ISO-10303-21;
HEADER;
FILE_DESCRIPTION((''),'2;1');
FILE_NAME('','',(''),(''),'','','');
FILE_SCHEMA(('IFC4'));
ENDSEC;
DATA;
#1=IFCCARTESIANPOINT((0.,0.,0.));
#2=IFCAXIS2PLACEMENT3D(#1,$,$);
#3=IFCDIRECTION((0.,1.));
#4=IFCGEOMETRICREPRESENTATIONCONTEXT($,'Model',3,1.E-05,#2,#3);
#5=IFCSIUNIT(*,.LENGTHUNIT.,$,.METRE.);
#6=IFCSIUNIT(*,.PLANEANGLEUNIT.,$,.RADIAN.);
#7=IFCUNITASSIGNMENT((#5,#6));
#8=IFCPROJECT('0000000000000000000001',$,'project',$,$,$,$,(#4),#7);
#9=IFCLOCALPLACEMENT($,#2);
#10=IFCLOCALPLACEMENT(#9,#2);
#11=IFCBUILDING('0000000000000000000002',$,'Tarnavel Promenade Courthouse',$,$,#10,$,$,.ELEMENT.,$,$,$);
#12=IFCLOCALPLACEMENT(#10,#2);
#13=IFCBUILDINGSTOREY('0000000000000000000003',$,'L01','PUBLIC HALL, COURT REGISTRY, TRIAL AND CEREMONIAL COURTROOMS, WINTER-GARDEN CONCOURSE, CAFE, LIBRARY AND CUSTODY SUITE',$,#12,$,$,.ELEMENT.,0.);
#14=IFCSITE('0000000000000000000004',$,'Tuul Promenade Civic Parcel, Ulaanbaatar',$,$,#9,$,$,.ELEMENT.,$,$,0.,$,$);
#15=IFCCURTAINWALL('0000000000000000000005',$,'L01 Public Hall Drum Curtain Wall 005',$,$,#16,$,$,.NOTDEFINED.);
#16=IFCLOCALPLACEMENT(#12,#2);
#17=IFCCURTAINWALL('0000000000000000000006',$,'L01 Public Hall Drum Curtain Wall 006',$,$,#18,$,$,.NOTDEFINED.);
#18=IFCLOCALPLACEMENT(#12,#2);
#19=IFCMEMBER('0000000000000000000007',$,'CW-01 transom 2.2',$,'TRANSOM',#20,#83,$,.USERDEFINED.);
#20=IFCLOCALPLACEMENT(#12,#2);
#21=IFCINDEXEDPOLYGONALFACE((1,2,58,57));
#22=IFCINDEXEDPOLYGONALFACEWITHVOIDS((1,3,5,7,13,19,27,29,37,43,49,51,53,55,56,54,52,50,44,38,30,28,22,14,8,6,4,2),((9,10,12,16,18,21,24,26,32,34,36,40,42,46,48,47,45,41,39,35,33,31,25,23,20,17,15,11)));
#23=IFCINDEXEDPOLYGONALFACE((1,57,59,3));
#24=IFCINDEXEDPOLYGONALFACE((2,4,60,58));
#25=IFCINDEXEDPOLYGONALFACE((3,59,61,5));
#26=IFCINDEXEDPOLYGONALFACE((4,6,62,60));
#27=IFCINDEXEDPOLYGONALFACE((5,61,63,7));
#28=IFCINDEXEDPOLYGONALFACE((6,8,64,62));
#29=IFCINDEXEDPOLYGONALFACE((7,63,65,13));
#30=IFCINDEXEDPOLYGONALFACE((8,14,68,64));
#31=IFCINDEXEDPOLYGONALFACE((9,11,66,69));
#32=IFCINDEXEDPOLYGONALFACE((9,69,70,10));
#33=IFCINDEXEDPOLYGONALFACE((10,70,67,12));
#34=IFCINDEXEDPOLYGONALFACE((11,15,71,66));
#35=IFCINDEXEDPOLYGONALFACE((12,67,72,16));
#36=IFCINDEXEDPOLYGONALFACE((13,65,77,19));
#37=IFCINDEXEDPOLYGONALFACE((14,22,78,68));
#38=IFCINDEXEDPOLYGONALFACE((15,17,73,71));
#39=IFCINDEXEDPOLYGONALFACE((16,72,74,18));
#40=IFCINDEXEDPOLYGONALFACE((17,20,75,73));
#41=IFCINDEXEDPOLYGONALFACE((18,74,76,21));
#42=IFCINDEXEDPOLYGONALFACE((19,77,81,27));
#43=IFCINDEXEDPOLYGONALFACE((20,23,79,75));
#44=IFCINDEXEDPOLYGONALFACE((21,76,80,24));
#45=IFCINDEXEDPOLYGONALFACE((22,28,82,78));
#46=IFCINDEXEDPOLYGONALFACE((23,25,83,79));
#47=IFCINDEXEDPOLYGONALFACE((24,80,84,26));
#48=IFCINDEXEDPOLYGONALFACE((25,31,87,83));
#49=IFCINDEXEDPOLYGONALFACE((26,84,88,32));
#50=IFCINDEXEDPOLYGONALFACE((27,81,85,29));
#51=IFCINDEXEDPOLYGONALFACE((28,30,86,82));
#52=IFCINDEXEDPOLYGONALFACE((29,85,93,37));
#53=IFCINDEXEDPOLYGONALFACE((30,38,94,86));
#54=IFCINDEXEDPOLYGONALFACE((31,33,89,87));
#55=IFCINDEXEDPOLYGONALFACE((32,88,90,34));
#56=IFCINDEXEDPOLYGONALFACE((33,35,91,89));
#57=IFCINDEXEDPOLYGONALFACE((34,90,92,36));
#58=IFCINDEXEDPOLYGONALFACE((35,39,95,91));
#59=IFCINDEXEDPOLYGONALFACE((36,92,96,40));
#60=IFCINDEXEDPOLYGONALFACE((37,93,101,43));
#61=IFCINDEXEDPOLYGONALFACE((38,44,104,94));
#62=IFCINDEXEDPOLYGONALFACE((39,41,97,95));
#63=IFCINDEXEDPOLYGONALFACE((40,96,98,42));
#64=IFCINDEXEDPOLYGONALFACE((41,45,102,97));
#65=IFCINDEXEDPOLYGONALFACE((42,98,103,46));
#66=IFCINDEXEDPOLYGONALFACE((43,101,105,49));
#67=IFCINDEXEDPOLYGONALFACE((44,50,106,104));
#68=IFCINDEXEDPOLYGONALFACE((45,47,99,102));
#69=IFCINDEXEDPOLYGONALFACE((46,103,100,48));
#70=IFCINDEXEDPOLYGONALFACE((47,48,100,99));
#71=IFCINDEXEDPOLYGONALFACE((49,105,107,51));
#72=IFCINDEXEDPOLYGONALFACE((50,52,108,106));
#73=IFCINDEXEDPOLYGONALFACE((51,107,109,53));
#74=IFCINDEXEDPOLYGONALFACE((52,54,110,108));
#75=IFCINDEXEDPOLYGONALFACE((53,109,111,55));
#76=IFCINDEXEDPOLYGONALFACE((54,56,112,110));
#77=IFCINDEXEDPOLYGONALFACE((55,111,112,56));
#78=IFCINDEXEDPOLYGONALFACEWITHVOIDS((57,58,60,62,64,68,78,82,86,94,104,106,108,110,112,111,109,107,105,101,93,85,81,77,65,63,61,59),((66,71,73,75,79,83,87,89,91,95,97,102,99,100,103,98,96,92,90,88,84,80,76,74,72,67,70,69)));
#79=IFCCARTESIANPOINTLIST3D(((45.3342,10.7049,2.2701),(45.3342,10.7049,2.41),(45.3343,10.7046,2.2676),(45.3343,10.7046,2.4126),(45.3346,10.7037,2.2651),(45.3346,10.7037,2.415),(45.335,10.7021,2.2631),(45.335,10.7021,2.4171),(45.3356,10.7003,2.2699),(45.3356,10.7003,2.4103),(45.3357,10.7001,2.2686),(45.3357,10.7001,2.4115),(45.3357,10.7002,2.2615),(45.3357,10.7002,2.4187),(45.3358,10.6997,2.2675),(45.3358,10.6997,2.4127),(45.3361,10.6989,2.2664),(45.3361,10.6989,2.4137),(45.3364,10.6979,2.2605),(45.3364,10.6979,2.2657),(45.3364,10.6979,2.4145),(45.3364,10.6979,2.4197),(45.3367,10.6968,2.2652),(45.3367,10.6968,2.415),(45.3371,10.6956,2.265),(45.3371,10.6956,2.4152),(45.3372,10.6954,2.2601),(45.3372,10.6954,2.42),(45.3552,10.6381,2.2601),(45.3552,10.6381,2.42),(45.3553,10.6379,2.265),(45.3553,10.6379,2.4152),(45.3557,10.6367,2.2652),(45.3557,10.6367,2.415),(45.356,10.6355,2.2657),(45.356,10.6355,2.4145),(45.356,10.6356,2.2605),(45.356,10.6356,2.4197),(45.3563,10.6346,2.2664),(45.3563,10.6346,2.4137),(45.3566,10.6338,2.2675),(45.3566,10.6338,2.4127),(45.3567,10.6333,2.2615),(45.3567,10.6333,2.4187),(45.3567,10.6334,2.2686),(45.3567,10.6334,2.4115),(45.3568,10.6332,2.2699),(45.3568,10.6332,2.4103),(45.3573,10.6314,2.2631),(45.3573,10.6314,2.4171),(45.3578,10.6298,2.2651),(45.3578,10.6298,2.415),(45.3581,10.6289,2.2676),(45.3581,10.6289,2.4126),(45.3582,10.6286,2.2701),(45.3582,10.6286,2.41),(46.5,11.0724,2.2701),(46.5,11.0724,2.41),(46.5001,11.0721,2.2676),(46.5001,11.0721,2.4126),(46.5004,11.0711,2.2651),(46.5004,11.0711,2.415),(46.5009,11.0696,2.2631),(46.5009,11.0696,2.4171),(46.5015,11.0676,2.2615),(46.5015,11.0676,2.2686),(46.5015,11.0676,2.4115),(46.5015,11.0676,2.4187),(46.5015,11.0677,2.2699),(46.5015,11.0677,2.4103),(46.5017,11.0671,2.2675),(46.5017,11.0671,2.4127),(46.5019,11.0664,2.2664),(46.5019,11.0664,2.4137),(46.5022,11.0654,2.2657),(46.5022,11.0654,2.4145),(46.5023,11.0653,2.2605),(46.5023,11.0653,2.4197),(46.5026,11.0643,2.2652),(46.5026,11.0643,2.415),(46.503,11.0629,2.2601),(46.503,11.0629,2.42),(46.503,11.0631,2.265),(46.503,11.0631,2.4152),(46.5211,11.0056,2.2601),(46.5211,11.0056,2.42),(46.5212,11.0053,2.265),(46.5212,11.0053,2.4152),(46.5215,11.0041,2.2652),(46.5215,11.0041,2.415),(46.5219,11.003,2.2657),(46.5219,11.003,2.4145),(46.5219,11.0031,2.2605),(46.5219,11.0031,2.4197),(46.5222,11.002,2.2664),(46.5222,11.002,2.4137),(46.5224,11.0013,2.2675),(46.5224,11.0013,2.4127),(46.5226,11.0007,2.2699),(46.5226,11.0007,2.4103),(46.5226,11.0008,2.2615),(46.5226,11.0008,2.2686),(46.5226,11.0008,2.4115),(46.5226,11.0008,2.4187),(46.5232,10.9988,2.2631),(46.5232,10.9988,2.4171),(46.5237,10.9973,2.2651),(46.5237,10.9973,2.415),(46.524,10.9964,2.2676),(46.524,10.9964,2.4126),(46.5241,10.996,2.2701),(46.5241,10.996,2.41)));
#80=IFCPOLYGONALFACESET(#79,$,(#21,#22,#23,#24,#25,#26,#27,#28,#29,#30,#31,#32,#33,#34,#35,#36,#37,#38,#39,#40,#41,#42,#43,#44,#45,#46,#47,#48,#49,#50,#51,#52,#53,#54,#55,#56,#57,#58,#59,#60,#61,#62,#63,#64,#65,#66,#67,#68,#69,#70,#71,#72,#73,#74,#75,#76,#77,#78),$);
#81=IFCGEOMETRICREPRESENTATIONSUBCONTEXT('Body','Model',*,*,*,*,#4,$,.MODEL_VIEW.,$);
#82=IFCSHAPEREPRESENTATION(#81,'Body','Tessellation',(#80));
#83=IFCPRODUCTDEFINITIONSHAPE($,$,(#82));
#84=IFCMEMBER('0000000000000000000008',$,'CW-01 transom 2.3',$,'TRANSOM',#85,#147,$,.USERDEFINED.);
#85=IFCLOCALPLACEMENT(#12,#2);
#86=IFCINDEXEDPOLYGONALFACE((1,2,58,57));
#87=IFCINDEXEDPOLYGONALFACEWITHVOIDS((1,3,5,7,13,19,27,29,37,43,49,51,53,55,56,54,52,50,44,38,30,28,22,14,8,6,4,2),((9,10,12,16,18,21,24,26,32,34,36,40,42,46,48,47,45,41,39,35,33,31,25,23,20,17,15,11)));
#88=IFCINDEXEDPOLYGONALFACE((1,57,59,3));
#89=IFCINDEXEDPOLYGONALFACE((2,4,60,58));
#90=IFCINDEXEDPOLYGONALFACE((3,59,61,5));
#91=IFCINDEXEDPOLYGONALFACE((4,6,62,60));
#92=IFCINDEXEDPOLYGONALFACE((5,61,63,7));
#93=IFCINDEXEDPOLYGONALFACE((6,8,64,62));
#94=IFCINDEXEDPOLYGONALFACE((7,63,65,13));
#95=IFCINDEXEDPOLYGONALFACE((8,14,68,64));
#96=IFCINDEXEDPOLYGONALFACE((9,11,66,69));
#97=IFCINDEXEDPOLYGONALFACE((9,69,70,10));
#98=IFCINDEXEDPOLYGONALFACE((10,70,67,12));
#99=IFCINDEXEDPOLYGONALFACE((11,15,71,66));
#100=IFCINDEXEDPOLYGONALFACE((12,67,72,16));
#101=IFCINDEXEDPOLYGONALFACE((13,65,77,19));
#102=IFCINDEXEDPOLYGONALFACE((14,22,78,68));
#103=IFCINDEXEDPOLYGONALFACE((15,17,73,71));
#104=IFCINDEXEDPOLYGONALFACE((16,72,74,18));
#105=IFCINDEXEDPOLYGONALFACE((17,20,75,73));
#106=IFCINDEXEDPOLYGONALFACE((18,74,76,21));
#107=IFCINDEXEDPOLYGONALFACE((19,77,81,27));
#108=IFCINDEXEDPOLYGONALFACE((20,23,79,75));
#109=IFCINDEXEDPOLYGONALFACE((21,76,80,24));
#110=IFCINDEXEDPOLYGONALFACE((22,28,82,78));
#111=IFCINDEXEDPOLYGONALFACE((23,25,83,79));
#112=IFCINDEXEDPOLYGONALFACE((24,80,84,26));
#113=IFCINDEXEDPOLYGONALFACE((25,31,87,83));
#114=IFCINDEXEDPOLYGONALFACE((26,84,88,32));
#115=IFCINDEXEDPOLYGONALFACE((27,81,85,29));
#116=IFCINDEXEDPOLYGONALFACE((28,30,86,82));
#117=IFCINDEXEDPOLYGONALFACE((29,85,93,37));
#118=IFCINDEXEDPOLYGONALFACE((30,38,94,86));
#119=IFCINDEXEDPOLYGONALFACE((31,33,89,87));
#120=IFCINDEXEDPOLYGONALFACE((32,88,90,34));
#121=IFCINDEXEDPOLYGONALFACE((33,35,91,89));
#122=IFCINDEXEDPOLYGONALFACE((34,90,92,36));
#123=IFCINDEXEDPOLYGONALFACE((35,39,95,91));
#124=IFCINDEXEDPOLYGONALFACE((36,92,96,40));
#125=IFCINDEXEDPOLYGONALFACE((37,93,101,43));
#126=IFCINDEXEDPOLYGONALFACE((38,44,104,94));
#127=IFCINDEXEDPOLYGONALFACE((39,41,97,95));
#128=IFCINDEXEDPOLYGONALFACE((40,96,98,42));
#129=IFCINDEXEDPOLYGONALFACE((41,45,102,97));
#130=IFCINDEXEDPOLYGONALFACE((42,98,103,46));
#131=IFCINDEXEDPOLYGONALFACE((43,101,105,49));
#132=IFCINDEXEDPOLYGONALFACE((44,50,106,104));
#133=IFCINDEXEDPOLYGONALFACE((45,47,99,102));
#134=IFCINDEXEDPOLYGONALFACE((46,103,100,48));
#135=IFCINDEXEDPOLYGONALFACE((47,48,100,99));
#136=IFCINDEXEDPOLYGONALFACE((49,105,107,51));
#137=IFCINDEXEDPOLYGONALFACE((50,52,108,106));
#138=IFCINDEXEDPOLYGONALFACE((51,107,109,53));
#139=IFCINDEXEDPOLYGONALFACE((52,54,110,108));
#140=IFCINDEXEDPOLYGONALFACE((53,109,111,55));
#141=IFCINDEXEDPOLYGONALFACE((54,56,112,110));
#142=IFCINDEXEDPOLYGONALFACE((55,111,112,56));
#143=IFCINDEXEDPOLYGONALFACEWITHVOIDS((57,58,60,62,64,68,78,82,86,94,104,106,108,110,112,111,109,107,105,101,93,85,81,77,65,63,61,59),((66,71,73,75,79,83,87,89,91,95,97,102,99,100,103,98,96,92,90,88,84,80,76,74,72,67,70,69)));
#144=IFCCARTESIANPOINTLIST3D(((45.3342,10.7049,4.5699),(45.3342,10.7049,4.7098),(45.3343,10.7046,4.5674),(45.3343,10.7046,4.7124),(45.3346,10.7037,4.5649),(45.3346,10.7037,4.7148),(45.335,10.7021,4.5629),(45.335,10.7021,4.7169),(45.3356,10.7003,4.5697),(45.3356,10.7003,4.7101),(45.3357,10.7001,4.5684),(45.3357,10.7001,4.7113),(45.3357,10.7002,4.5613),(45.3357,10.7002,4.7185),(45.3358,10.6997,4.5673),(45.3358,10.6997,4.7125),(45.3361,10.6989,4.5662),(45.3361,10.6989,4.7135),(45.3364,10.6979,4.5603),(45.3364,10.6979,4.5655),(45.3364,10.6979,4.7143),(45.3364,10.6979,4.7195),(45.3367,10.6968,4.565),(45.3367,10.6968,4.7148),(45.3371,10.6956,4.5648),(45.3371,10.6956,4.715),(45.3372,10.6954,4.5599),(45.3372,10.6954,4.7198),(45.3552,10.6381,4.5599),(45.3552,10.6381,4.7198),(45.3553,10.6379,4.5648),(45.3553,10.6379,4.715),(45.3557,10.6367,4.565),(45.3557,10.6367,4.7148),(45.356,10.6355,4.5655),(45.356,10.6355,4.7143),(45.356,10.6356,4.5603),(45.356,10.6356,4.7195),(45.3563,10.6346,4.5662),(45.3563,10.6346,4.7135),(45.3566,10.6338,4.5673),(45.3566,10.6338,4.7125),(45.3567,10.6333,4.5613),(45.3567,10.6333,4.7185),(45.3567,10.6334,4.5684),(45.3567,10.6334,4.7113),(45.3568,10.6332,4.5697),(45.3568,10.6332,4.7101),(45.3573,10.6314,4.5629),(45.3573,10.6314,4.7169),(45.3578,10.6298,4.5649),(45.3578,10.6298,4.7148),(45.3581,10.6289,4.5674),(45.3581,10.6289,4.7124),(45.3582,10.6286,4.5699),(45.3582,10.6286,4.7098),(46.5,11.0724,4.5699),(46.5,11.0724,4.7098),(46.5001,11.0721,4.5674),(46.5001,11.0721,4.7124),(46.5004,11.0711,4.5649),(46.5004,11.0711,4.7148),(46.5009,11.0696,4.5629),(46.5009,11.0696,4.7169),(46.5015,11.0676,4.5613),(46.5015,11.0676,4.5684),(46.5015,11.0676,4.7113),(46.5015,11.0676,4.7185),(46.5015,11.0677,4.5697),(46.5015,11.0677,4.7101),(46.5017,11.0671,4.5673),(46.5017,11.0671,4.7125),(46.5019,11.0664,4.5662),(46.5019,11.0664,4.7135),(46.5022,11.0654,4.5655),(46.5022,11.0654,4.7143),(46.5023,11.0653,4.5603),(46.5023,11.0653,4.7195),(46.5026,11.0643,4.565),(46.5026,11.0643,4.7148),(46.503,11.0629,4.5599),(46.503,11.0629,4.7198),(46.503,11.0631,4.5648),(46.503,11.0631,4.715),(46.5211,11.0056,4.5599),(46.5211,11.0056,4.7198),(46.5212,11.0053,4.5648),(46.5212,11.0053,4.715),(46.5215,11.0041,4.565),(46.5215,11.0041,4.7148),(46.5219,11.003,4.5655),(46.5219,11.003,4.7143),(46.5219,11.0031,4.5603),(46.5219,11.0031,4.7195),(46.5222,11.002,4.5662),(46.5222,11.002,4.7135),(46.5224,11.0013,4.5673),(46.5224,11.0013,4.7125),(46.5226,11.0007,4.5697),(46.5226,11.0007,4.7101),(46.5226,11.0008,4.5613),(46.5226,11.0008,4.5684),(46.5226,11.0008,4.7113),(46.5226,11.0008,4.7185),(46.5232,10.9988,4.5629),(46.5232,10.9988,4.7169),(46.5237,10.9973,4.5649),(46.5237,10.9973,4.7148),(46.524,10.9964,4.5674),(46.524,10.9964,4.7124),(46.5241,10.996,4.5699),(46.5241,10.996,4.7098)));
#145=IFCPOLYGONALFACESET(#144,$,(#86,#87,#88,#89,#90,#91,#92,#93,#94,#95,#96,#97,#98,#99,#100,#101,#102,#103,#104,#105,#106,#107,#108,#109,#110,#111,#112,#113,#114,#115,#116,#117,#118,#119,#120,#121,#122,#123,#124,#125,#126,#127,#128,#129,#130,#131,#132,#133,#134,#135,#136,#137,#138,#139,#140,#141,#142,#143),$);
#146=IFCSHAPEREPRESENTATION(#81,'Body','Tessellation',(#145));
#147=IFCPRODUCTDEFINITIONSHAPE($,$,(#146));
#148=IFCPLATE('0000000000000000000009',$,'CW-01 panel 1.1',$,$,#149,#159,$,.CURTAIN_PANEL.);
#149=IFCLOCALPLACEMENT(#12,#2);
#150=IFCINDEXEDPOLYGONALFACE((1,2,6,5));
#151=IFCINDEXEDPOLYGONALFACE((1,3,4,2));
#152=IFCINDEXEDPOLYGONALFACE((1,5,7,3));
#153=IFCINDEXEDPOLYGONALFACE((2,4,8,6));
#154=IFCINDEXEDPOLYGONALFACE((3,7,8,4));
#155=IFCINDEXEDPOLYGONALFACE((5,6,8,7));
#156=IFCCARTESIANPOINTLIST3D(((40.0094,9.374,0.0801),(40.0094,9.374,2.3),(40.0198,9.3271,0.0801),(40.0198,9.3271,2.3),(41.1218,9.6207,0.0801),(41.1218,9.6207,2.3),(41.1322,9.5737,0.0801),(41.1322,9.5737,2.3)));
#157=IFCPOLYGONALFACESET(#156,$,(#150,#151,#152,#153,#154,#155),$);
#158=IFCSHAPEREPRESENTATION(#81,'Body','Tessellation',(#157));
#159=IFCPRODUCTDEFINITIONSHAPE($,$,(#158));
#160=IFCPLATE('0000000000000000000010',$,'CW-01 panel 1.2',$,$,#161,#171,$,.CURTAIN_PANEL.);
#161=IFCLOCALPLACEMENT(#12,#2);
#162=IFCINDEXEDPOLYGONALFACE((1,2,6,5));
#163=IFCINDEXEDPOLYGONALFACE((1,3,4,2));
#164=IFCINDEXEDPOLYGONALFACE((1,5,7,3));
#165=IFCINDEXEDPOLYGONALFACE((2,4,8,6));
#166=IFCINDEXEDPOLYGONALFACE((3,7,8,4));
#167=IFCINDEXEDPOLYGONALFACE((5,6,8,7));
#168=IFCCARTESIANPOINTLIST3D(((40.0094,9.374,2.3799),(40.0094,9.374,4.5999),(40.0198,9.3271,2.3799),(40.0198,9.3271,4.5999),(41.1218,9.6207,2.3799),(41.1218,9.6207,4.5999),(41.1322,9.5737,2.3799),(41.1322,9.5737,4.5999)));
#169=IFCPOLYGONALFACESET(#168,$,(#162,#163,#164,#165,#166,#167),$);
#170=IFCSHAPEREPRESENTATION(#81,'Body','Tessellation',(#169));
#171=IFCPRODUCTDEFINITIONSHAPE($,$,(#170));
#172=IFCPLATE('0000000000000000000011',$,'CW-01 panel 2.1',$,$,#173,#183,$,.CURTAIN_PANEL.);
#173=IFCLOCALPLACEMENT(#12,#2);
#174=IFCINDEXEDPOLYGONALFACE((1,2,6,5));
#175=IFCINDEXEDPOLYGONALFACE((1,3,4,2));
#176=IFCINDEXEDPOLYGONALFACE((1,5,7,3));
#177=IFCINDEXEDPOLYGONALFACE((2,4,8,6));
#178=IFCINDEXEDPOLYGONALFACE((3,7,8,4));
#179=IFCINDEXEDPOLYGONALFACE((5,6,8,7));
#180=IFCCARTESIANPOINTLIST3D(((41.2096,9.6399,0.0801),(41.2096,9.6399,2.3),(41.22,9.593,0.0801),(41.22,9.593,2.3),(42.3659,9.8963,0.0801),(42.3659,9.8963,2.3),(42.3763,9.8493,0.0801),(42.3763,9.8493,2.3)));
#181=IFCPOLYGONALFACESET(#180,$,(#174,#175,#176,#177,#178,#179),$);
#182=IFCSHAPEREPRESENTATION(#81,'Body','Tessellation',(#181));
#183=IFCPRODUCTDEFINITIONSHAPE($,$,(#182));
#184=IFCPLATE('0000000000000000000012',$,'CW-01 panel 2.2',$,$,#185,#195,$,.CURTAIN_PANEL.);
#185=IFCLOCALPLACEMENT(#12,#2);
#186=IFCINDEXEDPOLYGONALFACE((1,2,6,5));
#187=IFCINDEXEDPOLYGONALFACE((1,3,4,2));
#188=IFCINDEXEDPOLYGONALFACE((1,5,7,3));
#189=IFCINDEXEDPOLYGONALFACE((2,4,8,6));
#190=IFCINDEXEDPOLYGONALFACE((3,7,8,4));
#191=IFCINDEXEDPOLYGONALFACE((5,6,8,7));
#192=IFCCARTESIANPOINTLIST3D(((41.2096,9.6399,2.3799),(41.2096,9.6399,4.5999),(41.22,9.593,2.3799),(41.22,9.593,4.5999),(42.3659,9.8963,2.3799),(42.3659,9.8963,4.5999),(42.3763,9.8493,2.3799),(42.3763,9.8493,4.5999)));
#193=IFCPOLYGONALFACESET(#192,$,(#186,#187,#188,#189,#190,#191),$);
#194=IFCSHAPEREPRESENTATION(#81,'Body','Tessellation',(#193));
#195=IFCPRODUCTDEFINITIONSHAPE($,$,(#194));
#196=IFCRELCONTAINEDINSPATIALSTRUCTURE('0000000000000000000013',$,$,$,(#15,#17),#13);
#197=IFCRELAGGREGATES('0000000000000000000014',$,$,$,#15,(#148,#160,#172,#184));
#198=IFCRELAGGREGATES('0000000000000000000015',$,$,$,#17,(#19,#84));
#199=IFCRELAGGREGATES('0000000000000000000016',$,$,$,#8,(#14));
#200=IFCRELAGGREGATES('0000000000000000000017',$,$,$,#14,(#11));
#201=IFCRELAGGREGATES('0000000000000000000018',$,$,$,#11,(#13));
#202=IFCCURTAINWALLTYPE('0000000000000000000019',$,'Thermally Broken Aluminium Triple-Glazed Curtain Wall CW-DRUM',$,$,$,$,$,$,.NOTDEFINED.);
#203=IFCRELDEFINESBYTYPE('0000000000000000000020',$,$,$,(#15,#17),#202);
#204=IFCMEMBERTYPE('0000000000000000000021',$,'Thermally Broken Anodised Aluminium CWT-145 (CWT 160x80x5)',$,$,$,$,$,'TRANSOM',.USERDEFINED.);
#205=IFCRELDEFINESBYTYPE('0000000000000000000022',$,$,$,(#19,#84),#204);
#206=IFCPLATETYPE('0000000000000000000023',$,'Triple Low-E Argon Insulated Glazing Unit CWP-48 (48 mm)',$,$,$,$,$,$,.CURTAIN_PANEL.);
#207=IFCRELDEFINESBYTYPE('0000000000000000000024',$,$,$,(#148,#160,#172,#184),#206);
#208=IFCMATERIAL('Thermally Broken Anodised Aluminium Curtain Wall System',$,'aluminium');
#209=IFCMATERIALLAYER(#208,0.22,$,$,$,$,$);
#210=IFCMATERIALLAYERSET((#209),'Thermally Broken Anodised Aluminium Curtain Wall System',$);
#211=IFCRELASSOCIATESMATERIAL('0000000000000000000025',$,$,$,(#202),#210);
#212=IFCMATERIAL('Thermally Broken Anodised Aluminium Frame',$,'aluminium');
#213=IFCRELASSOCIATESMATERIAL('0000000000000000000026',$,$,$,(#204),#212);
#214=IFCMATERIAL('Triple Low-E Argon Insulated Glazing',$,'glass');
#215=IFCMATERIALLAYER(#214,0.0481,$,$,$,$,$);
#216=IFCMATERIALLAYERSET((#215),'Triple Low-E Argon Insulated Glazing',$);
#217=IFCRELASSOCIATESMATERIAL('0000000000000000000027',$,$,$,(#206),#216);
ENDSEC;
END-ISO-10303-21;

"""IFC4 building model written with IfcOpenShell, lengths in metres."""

from ifc_helpers import new_model, si_unit, direction, frame, origin, origin_2d, place, context, subcontext, project, spatial, rectangle, hollow_rectangle, extrude, material, layer, layer_set, material_profile, profile_set, type_object, element, aggregate, save


model = new_model("IFC4")

# Units and contexts
model_context = context("Model", 3, precision=1e-05, world=origin(), true_north=direction((0.0, 1.0)))
body_context = subcontext(model_context, "Body", "Model", "MODEL_VIEW")
ifc_project = project(units=[si_unit("LENGTHUNIT", "METRE"), si_unit("PLANEANGLEUNIT", "RADIAN")], contexts=[model_context])

# Site, building, storey
site_placement = place(None, origin())
site = spatial("IfcSite", under=ifc_project, at=site_placement, Name="Tuul Promenade Civic Parcel, Ulaanbaatar", CompositionType="ELEMENT", RefElevation=0.0)
building_placement = place(site_placement, origin())
building = spatial("IfcBuilding", under=site, at=building_placement, Name="Tarnavel Promenade Courthouse", CompositionType="ELEMENT")
storey_placement = place(building_placement, origin())
storey = spatial("IfcBuildingStorey", under=building, at=storey_placement, Name="L01", Description="PUBLIC HALL, COURT REGISTRY, TRIAL AND CEREMONIAL COURTROOMS, WINTER-GARDEN CONCOURSE, CAFE, LIBRARY AND CUSTODY SUITE", CompositionType="ELEMENT", Elevation=0.0)

# Curtain walls
ifc_material_1 = material(Name="Thermally Broken Anodised Aluminium Curtain Wall System", Category="aluminium")
ifc_layer_1 = layer(ifc_material_1, 0.22)
ifc_layer_set_1 = layer_set([ifc_layer_1], Name="Thermally Broken Anodised Aluminium Curtain Wall System")
curtain_wall_type = type_object("IfcCurtainWallType", Name="Thermally Broken Aluminium Triple-Glazed Curtain Wall CW-DRUM", PredefinedType="NOTDEFINED", material=ifc_layer_set_1)
curtain_wall_1_placement = place(storey_placement, origin())
curtain_wall_1 = element("IfcCurtainWall", 1, at=curtain_wall_1_placement, inside=storey, type_object=curtain_wall_type, Name="L01 Public Hall Drum Curtain Wall 005", PredefinedType="NOTDEFINED")
ifc_material_2 = material(Name="Thermally Broken Anodised Aluminium Frame", Category="aluminium")
curtain_wall_2_placement = place(storey_placement, origin())
curtain_wall_2 = element("IfcCurtainWall", 2, at=curtain_wall_2_placement, inside=storey, type_object=curtain_wall_type, Name="L01 Public Hall Drum Curtain Wall 006", PredefinedType="NOTDEFINED")

# Members
ifc_material_profile_1 = material_profile(ifc_material_2, hollow_rectangle(XDim=0.0801, YDim=0.1599, WallThickness=0.0049, InnerFilletRadius=0.0049, OuterFilletRadius=0.01, at=origin_2d()), Name="CWT 160x80x5")
ifc_profile_set_1 = profile_set([ifc_material_profile_1], Name="Thermally Broken Anodised Aluminium Frame")
member_type_1 = type_object("IfcMemberType", Name="Thermally Broken Anodised Aluminium CWT-145 (CWT 160x80x5)", ElementType="TRANSOM", PredefinedType="USERDEFINED", material=ifc_profile_set_1)
member_1_placement = place(storey_placement, frame((45.3462, 10.6667, 2.3401), z_axis=(0.953749, 0.300606, 0.0), x_axis=(-0.300606, 0.953749, 0.0)))
member_1 = element("IfcMember", 3, at=member_1_placement, type_object=member_type_1, Name="CW-01 transom 2.2", ObjectType="TRANSOM", PredefinedType="USERDEFINED", context=body_context, shape_type="SweptSolid", body=[
    extrude(hollow_rectangle(XDim=0.0801, YDim=0.1599, WallThickness=0.0049, InnerFilletRadius=0.0049, OuterFilletRadius=0.01, at=origin_2d()), origin(), (0.0, 0.0, 1.0), 1.2224),
])
member_2_placement = place(storey_placement, frame((45.3462, 10.6667, 4.6399), z_axis=(0.953749, 0.300606, 0.0), x_axis=(-0.300606, 0.953749, 0.0)))
member_2 = element("IfcMember", 4, at=member_2_placement, type_object=member_type_1, Name="CW-01 transom 2.3", ObjectType="TRANSOM", PredefinedType="USERDEFINED", context=body_context, shape_type="SweptSolid", body=[
    extrude(hollow_rectangle(XDim=0.0801, YDim=0.1599, WallThickness=0.0049, InnerFilletRadius=0.0049, OuterFilletRadius=0.01, at=origin_2d()), origin(), (0.0, 0.0, 1.0), 1.2224),
])

# Plates
ifc_material_3 = material(Name="Triple Low-E Argon Insulated Glazing", Category="glass")
ifc_layer_2 = layer(ifc_material_3, 0.0481)
ifc_layer_set_2 = layer_set([ifc_layer_2], Name="Triple Low-E Argon Insulated Glazing")
plate_type = type_object("IfcPlateType", Name="Triple Low-E Argon Insulated Glazing Unit CWP-48 (48 mm)", PredefinedType="CURTAIN_PANEL", material=ifc_layer_set_2)
plate_1_placement = place(storey_placement, frame((40.5708, 9.4739, 0.0801), z_axis=(0.0, 0.0, 1.0), x_axis=(0.976296, 0.216441, 0.0)))
plate_1 = element("IfcPlate", 5, at=plate_1_placement, type_object=plate_type, Name="CW-01 panel 1.1", PredefinedType="CURTAIN_PANEL", context=body_context, shape_type="SweptSolid", body=[
    extrude(rectangle(XDim=1.1394, YDim=0.0481, at=origin_2d()), origin(), (0.0, 0.0, 1.0), 2.22),
])
plate_2_placement = place(storey_placement, frame((40.5708, 9.4739, 2.3799), z_axis=(0.0, 0.0, 1.0), x_axis=(0.976296, 0.216441, 0.0)))
plate_2 = element("IfcPlate", 6, at=plate_2_placement, type_object=plate_type, Name="CW-01 panel 1.2", PredefinedType="CURTAIN_PANEL", context=body_context, shape_type="SweptSolid", body=[
    extrude(rectangle(XDim=1.1394, YDim=0.0481, at=origin_2d()), origin(), (0.0, 0.0, 1.0), 2.22),
])
plate_3_placement = place(storey_placement, frame((41.793, 9.7446, 0.0801), z_axis=(0.0, 0.0, 1.0), x_axis=(0.976296, 0.216441, 0.0)))
plate_3 = element("IfcPlate", 7, at=plate_3_placement, type_object=plate_type, Name="CW-01 panel 2.1", PredefinedType="CURTAIN_PANEL", context=body_context, shape_type="SweptSolid", body=[
    extrude(rectangle(XDim=1.1843, YDim=0.0481, at=origin_2d()), origin(), (0.0, 0.0, 1.0), 2.22),
])
plate_4_placement = place(storey_placement, frame((41.793, 9.7446, 2.3799), z_axis=(0.0, 0.0, 1.0), x_axis=(0.976296, 0.216441, 0.0)))
plate_4 = element("IfcPlate", 8, at=plate_4_placement, type_object=plate_type, Name="CW-01 panel 2.2", PredefinedType="CURTAIN_PANEL", context=body_context, shape_type="SweptSolid", body=[
    extrude(rectangle(XDim=1.1843, YDim=0.0481, at=origin_2d()), origin(), (0.0, 0.0, 1.0), 2.22),
])
aggregate(curtain_wall_1, [plate_1, plate_2, plate_3, plate_4])
aggregate(curtain_wall_2, [member_1, member_2])

save(model, "model.ifc")
